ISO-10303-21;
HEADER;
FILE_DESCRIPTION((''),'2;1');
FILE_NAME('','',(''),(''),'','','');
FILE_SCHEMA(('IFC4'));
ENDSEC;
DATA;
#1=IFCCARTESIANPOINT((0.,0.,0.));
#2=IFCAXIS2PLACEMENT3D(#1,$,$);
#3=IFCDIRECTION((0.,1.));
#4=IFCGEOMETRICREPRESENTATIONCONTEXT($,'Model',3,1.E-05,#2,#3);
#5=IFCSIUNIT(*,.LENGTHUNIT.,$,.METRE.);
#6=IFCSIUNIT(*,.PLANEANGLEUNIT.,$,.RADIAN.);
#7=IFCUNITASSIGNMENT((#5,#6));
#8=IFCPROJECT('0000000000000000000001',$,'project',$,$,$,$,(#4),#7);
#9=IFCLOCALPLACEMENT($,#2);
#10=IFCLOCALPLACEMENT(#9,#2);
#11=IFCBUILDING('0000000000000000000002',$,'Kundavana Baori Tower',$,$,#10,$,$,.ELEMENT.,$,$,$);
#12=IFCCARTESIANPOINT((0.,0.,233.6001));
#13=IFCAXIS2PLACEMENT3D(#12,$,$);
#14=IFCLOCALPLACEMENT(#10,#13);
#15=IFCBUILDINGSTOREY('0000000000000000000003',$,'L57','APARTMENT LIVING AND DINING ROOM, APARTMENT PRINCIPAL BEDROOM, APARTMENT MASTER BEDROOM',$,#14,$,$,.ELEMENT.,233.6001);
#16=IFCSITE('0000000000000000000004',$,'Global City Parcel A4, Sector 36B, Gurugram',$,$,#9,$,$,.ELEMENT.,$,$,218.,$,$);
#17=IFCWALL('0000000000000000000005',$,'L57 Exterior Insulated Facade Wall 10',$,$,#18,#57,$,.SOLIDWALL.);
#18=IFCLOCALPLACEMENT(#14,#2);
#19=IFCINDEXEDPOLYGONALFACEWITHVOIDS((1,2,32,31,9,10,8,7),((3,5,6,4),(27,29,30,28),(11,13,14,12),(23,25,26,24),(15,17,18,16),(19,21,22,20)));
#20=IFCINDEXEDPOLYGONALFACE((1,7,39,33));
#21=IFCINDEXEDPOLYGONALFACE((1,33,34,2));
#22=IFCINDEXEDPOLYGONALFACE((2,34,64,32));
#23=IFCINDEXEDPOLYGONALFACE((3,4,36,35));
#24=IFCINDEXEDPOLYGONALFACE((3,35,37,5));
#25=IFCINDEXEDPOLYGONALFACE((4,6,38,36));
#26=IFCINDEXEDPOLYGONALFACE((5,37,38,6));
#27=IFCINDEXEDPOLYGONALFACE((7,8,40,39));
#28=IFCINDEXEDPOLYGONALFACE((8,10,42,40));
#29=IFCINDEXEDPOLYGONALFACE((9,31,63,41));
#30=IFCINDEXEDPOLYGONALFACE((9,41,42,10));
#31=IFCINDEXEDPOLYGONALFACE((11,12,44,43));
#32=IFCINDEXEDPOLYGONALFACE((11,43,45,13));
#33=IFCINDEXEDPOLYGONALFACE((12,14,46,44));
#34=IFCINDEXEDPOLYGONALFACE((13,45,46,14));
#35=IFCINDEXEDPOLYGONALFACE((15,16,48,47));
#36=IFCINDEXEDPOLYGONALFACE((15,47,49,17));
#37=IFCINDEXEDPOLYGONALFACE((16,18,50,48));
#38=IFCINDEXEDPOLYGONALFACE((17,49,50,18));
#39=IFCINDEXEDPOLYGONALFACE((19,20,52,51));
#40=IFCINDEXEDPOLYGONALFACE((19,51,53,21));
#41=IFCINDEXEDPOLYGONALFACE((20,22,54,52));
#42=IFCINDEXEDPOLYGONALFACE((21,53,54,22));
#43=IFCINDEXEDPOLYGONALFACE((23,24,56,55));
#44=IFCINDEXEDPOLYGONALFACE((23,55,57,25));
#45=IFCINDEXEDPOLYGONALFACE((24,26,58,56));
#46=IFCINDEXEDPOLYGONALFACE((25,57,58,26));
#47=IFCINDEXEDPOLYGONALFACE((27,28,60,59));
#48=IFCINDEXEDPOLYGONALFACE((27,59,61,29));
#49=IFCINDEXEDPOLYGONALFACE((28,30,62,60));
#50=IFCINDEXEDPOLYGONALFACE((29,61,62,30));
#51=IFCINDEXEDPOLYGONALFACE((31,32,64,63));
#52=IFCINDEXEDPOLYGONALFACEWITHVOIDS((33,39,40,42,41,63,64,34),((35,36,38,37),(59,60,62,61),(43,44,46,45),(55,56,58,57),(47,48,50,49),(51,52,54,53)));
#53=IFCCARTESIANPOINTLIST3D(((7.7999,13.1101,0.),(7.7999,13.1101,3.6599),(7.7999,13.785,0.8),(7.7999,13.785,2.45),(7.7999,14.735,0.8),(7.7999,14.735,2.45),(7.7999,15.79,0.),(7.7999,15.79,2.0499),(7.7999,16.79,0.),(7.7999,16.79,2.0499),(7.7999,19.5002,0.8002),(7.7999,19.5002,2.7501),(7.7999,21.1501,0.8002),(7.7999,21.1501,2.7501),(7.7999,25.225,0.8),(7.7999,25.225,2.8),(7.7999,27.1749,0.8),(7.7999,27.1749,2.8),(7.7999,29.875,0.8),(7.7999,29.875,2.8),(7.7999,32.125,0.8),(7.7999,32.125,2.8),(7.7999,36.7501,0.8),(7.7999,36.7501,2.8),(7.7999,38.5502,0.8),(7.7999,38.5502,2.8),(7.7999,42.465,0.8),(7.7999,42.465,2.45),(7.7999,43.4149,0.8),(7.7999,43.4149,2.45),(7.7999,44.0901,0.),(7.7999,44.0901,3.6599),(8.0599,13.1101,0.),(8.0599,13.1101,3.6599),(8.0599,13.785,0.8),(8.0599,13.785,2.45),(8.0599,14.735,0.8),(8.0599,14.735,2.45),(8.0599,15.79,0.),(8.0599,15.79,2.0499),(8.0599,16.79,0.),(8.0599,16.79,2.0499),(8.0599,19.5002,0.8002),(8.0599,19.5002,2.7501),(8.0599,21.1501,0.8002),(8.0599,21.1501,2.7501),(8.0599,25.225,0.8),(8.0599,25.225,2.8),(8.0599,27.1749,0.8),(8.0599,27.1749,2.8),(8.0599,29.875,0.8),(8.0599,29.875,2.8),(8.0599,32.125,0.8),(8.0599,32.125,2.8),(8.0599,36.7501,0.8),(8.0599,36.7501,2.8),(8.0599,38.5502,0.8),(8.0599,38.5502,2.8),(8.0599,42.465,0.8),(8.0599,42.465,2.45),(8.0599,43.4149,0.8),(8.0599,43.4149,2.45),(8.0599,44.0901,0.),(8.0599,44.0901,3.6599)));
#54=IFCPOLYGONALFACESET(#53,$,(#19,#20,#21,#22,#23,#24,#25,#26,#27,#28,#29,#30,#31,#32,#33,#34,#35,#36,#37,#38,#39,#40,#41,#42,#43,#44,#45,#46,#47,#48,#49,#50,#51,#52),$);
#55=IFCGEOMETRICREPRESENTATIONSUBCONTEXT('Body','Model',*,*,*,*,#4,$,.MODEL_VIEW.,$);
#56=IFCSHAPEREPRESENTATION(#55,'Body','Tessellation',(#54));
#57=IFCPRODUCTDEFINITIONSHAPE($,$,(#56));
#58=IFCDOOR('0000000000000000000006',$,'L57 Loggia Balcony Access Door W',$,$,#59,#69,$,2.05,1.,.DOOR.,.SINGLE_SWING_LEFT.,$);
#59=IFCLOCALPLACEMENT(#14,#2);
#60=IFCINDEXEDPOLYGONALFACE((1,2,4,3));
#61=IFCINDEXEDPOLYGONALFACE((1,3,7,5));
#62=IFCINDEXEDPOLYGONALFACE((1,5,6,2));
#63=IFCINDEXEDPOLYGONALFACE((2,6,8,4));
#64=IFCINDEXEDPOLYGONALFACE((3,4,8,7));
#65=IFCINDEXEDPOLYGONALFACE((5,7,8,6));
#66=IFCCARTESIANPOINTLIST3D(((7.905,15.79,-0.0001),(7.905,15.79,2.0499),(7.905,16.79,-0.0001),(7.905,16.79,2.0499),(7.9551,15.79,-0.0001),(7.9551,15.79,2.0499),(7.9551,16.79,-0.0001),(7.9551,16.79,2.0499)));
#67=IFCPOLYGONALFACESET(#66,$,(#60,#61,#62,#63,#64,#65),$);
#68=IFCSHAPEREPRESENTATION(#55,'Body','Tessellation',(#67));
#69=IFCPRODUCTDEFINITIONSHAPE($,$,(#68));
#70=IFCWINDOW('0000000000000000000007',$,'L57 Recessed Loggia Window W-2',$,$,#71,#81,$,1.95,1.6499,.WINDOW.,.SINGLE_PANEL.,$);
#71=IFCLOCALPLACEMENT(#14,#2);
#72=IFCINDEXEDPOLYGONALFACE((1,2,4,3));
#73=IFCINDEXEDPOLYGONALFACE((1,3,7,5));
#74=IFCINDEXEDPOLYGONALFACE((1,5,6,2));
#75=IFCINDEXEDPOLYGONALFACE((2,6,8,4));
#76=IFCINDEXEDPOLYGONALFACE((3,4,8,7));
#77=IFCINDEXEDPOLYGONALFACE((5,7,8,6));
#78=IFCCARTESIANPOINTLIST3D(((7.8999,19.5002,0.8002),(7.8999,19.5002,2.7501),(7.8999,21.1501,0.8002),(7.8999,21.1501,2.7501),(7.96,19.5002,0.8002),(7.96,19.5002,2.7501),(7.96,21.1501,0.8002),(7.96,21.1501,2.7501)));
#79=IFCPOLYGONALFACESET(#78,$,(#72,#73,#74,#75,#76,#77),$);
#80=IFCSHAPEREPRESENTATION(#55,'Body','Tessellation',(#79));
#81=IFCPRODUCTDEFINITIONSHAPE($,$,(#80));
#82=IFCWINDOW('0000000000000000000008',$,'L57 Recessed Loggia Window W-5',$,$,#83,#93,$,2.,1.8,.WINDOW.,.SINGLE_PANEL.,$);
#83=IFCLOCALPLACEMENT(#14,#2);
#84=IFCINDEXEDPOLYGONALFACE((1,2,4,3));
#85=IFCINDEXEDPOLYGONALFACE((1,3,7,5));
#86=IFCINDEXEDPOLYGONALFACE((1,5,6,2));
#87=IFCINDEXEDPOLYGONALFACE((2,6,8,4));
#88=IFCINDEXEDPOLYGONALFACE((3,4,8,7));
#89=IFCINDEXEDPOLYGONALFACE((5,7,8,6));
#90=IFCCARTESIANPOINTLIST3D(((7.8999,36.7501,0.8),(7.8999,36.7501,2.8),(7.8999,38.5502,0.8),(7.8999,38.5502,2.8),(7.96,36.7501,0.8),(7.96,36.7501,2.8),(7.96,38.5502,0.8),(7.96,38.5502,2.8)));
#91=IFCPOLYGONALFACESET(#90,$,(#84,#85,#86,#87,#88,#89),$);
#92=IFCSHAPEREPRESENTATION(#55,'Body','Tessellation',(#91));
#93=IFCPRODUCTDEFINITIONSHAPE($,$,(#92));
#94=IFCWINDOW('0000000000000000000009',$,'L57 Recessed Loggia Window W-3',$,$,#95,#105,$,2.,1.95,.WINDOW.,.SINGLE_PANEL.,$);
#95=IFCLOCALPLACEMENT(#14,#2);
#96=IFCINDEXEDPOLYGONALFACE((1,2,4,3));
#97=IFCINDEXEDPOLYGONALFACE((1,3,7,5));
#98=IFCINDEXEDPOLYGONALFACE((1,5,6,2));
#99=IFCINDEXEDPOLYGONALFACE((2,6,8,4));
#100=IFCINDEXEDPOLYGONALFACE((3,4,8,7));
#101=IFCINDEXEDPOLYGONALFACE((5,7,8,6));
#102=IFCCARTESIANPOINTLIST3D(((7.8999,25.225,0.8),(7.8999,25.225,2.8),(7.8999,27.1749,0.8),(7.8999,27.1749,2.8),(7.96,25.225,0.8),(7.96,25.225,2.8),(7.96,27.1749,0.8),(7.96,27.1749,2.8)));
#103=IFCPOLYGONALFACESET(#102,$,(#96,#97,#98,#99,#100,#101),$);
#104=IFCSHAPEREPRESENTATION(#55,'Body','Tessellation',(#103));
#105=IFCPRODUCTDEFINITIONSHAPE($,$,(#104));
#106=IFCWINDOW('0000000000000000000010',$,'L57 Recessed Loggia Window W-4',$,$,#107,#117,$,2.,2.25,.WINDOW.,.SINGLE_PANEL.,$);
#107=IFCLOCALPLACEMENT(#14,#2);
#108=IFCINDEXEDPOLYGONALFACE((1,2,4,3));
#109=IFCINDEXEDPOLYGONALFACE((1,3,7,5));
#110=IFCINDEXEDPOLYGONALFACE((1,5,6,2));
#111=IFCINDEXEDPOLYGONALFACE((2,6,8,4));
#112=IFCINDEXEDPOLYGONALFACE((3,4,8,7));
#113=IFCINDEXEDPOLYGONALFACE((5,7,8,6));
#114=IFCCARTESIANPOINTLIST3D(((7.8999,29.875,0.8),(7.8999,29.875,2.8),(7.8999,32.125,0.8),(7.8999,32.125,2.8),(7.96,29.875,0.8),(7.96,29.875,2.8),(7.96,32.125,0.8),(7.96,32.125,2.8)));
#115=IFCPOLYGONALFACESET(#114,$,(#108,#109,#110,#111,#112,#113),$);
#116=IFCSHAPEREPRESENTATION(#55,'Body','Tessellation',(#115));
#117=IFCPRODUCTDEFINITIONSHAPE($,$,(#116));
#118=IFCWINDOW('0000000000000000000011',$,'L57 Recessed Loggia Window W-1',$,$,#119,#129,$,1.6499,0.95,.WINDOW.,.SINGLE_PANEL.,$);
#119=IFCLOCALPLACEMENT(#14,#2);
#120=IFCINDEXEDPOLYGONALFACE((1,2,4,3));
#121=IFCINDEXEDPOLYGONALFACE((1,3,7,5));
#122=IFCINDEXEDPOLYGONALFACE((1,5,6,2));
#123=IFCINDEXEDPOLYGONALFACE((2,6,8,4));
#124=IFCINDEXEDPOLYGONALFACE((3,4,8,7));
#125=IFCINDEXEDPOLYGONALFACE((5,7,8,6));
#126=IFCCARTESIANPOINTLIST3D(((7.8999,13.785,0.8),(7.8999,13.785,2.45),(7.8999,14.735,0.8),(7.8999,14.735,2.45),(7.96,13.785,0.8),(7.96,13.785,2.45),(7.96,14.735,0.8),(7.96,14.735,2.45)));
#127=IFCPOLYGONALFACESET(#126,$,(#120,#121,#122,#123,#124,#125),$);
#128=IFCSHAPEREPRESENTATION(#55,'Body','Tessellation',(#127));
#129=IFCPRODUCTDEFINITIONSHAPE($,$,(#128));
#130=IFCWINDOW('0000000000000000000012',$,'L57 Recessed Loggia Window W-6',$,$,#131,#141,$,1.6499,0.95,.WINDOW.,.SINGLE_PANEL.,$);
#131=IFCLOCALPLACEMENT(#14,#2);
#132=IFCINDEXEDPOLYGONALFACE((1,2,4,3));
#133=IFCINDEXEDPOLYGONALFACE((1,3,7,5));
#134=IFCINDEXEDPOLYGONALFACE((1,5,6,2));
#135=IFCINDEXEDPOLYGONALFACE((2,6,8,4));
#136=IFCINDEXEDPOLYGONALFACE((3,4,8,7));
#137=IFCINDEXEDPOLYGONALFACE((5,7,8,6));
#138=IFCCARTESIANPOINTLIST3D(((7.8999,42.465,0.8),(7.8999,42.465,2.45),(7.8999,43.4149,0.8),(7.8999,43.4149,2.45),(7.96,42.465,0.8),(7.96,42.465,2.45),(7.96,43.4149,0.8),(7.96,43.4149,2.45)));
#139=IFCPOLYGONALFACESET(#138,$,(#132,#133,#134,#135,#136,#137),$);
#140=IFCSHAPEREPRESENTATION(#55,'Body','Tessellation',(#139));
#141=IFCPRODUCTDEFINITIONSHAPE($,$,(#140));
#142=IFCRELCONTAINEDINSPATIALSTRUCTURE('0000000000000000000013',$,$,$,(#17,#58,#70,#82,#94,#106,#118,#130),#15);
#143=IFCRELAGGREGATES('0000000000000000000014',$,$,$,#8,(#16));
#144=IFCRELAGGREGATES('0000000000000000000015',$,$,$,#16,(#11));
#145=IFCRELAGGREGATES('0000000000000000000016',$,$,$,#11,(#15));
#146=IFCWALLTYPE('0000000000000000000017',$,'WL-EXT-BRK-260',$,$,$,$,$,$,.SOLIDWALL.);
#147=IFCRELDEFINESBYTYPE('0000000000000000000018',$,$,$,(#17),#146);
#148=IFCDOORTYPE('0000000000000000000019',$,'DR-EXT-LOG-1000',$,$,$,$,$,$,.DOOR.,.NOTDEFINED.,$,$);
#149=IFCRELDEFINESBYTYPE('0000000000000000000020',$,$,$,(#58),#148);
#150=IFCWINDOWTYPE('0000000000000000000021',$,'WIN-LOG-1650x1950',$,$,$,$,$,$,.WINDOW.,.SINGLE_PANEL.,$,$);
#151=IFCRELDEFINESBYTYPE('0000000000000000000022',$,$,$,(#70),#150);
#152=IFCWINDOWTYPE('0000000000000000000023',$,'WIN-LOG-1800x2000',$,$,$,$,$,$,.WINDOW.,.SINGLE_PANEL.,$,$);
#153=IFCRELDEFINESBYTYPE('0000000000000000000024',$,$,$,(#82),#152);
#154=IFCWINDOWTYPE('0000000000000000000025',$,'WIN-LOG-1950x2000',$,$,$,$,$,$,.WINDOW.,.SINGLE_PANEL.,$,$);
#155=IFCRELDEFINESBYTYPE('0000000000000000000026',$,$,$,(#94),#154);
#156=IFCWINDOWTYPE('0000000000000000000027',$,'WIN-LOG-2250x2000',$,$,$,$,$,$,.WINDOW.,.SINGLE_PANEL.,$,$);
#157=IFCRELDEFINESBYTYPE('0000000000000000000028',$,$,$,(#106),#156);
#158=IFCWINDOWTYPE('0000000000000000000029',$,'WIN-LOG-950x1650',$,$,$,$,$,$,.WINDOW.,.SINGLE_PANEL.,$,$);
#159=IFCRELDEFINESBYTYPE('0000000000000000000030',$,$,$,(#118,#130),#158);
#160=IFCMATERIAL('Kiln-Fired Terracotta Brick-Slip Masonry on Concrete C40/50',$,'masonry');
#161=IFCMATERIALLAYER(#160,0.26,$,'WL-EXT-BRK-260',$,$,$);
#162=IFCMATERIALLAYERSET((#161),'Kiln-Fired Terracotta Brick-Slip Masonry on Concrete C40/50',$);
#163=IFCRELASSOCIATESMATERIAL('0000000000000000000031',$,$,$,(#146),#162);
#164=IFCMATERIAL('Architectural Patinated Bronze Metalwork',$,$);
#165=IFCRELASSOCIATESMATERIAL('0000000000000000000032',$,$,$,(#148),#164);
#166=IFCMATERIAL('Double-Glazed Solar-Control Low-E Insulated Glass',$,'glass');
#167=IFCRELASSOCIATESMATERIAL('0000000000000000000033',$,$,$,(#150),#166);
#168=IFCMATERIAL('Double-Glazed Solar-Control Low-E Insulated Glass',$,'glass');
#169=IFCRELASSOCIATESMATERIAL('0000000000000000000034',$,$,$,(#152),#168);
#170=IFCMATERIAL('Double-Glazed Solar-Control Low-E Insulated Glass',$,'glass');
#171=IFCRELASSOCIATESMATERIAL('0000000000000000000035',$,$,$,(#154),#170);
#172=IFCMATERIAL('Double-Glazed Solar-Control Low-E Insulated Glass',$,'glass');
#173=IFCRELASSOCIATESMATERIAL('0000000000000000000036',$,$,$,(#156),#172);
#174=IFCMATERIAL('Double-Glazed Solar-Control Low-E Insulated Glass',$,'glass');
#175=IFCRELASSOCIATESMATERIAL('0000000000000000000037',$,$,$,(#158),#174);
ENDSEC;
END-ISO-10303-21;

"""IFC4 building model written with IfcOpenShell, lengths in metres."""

from ifc_helpers import new_model, si_unit, direction, frame, frame_2d, origin, place, context, subcontext, project, spatial, rectangle, extrude, material, layer, layer_set, type_object, element, fill, save


model = new_model("IFC4")

# Units and contexts
model_context = context("Model", 3, precision=1e-05, world=origin(), true_north=direction((0.0, 1.0)))
body_context = subcontext(model_context, "Body", "Model", "MODEL_VIEW")
ifc_project = project(units=[si_unit("LENGTHUNIT", "METRE"), si_unit("PLANEANGLEUNIT", "RADIAN")], contexts=[model_context])

# Site, building, storey
site_placement = place(None, origin())
site = spatial("IfcSite", under=ifc_project, at=site_placement, Name="Global City Parcel A4, Sector 36B, Gurugram", CompositionType="ELEMENT", RefElevation=218.0)
building_placement = place(site_placement, origin())
building = spatial("IfcBuilding", under=site, at=building_placement, Name="Kundavana Baori Tower", CompositionType="ELEMENT")
storey_placement = place(building_placement, frame((0.0, 0.0, 233.6001)))
storey = spatial("IfcBuildingStorey", under=building, at=storey_placement, Name="L57", Description="APARTMENT LIVING AND DINING ROOM, APARTMENT PRINCIPAL BEDROOM, APARTMENT MASTER BEDROOM", CompositionType="ELEMENT", Elevation=233.6001)

# Shared definitions
ifc_material_1 = material(Name="Kiln-Fired Terracotta Brick-Slip Masonry on Concrete C40/50", Category="masonry")
ifc_layer_1 = layer(ifc_material_1, 0.26, Name="WL-EXT-BRK-260")
ifc_layer_set_1 = layer_set([ifc_layer_1], Name="Kiln-Fired Terracotta Brick-Slip Masonry on Concrete C40/50")
wall_type_1 = type_object("IfcWallType", Name="WL-EXT-BRK-260", PredefinedType="SOLIDWALL", material=ifc_layer_set_1)

# Wall, openings, door, windows
wall_1_placement = place(storey_placement, frame((7.9299, 44.0901, 0.0), z_axis=(0.0, 0.0, 1.0), x_axis=(0.0, -1.0, 0.0)))
wall_1 = element("IfcWall", 1, at=wall_1_placement, inside=storey, type_object=wall_type_1, Name="L57 Exterior Insulated Facade Wall 10", PredefinedType="SOLIDWALL", context=body_context, shape_type="SweptSolid", body=[
    extrude(rectangle(XDim=30.98, YDim=0.26, at=frame_2d((15.49, 0.0))), origin(), (0.0, 0.0, 1.0), 3.6599),
])
opening_1_placement = place(wall_1_placement, frame((29.355, 0.0, 0.8)))
opening_1 = element("IfcOpeningElement", 2, at=opening_1_placement, cuts=wall_1, PredefinedType="OPENING", context=body_context, shape_type="SweptSolid", body=[
    extrude(rectangle(XDim=0.95, YDim=1.6499, at=frame_2d((0.4751, 0.825))), frame((0.0, 0.1401, 0.0), z_axis=(0.0, -1.0, 0.0), x_axis=(1.0, 0.0, 0.0)), (0.0, 0.0, 1.0), 0.28),
])
opening_2_placement = place(wall_1_placement, frame((27.3, 0.0, 0.0)))
opening_2 = element("IfcOpeningElement", 3, at=opening_2_placement, cuts=wall_1, PredefinedType="OPENING", context=body_context, shape_type="SweptSolid", body=[
    extrude(rectangle(XDim=1.0, YDim=2.05, at=frame_2d((0.5, 1.0249))), frame((0.0, 0.1401, 0.0), z_axis=(0.0, -1.0, 0.0), x_axis=(1.0, 0.0, 0.0)), (0.0, 0.0, 1.0), 0.28),
])
opening_3_placement = place(wall_1_placement, frame((22.9399, 0.0, 0.8)))
opening_3 = element("IfcOpeningElement", 4, at=opening_3_placement, cuts=wall_1, PredefinedType="OPENING", context=body_context, shape_type="SweptSolid", body=[
    extrude(rectangle(XDim=1.6499, YDim=1.95, at=frame_2d((0.825, 0.9751))), frame((0.0, 0.1401, 0.0), z_axis=(0.0, -1.0, 0.0), x_axis=(1.0, 0.0, 0.0)), (0.0, 0.0, 1.0), 0.28),
])
opening_4_placement = place(wall_1_placement, frame((16.915, 0.0, 0.8)))
opening_4 = element("IfcOpeningElement", 5, at=opening_4_placement, cuts=wall_1, PredefinedType="OPENING", context=body_context, shape_type="SweptSolid", body=[
    extrude(rectangle(XDim=1.95, YDim=2.0, at=frame_2d((0.9751, 1.0))), frame((0.0, 0.1401, 0.0), z_axis=(0.0, -1.0, 0.0), x_axis=(1.0, 0.0, 0.0)), (0.0, 0.0, 1.0), 0.28),
])
opening_5_placement = place(wall_1_placement, frame((11.9651, 0.0, 0.8)))
opening_5 = element("IfcOpeningElement", 6, at=opening_5_placement, cuts=wall_1, PredefinedType="OPENING", context=body_context, shape_type="SweptSolid", body=[
    extrude(rectangle(XDim=2.25, YDim=2.0, at=frame_2d((1.125, 1.0))), frame((0.0, 0.1401, 0.0), z_axis=(0.0, -1.0, 0.0), x_axis=(1.0, 0.0, 0.0)), (0.0, 0.0, 1.0), 0.28),
])
opening_6_placement = place(wall_1_placement, frame((5.54, 0.0, 0.8)))
opening_6 = element("IfcOpeningElement", 7, at=opening_6_placement, cuts=wall_1, PredefinedType="OPENING", context=body_context, shape_type="SweptSolid", body=[
    extrude(rectangle(XDim=1.8, YDim=2.0, at=frame_2d((0.8999, 1.0))), frame((0.0, 0.1401, 0.0), z_axis=(0.0, -1.0, 0.0), x_axis=(1.0, 0.0, 0.0)), (0.0, 0.0, 1.0), 0.28),
])
opening_7_placement = place(wall_1_placement, frame((0.675, 0.0, 0.8)))
opening_7 = element("IfcOpeningElement", 8, at=opening_7_placement, cuts=wall_1, PredefinedType="OPENING", context=body_context, shape_type="SweptSolid", body=[
    extrude(rectangle(XDim=0.95, YDim=1.6499, at=frame_2d((0.4751, 0.825))), frame((0.0, 0.1401, 0.0), z_axis=(0.0, -1.0, 0.0), x_axis=(1.0, 0.0, 0.0)), (0.0, 0.0, 1.0), 0.28),
])
ifc_material_2 = material(Name="Architectural Patinated Bronze Metalwork")
door_type_1 = type_object("IfcDoorType", Name="DR-EXT-LOG-1000", OperationType="NOTDEFINED", PredefinedType="DOOR", material=ifc_material_2)
door_1_placement = place(opening_2_placement, frame((1.0, 0.0, 0.0), z_axis=(0.0, 0.0, 1.0), x_axis=(-1.0, 0.0, 0.0)))
door_1 = element("IfcDoor", 9, at=door_1_placement, inside=storey, type_object=door_type_1, Name="L57 Loggia Balcony Access Door W", OperationType="SINGLE_SWING_LEFT", OverallHeight=2.05, OverallWidth=1.0, PredefinedType="DOOR", context=body_context, shape_type="SweptSolid", body=[
    extrude(rectangle(XDim=1.0, YDim=2.05, at=frame_2d((0.5, 1.0249))), frame((0.0, 0.0249, 0.0), z_axis=(0.0, -1.0, 0.0), x_axis=(1.0, 0.0, 0.0)), (0.0, 0.0, 1.0), 0.05),
])
fill(opening_2, door_1)
ifc_material_3 = material(Name="Double-Glazed Solar-Control Low-E Insulated Glass", Category="glass")
window_type_1 = type_object("IfcWindowType", Name="WIN-LOG-1650x1950", PartitioningType="SINGLE_PANEL", PredefinedType="WINDOW", material=ifc_material_3)
window_1_placement = place(opening_3_placement, origin())
window_1 = element("IfcWindow", 10, at=window_1_placement, inside=storey, type_object=window_type_1, Name="L57 Recessed Loggia Window W-2", OverallHeight=1.95, OverallWidth=1.6499, PartitioningType="SINGLE_PANEL", PredefinedType="WINDOW", context=body_context, shape_type="SweptSolid", body=[
    extrude(rectangle(XDim=1.6499, YDim=1.95, at=frame_2d((0.825, 0.9751))), frame((0.0, 0.03, 0.0), z_axis=(0.0, -1.0, 0.0), x_axis=(1.0, 0.0, 0.0)), (0.0, 0.0, 1.0), 0.0601),
])
fill(opening_3, window_1)
ifc_material_4 = material(Name="Double-Glazed Solar-Control Low-E Insulated Glass", Category="glass")
window_type_2 = type_object("IfcWindowType", Name="WIN-LOG-1800x2000", PartitioningType="SINGLE_PANEL", PredefinedType="WINDOW", material=ifc_material_4)
window_2_placement = place(opening_6_placement, origin())
window_2 = element("IfcWindow", 11, at=window_2_placement, inside=storey, type_object=window_type_2, Name="L57 Recessed Loggia Window W-5", OverallHeight=2.0, OverallWidth=1.8, PartitioningType="SINGLE_PANEL", PredefinedType="WINDOW", context=body_context, shape_type="SweptSolid", body=[
    extrude(rectangle(XDim=1.8, YDim=2.0, at=frame_2d((0.8999, 1.0))), frame((0.0, 0.03, 0.0), z_axis=(0.0, -1.0, 0.0), x_axis=(1.0, 0.0, 0.0)), (0.0, 0.0, 1.0), 0.0601),
])
fill(opening_6, window_2)
ifc_material_5 = material(Name="Double-Glazed Solar-Control Low-E Insulated Glass", Category="glass")
window_type_3 = type_object("IfcWindowType", Name="WIN-LOG-1950x2000", PartitioningType="SINGLE_PANEL", PredefinedType="WINDOW", material=ifc_material_5)
window_3_placement = place(opening_4_placement, origin())
window_3 = element("IfcWindow", 12, at=window_3_placement, inside=storey, type_object=window_type_3, Name="L57 Recessed Loggia Window W-3", OverallHeight=2.0, OverallWidth=1.95, PartitioningType="SINGLE_PANEL", PredefinedType="WINDOW", context=body_context, shape_type="SweptSolid", body=[
    extrude(rectangle(XDim=1.95, YDim=2.0, at=frame_2d((0.9751, 1.0))), frame((0.0, 0.03, 0.0), z_axis=(0.0, -1.0, 0.0), x_axis=(1.0, 0.0, 0.0)), (0.0, 0.0, 1.0), 0.0601),
])
fill(opening_4, window_3)
ifc_material_6 = material(Name="Double-Glazed Solar-Control Low-E Insulated Glass", Category="glass")
window_type_4 = type_object("IfcWindowType", Name="WIN-LOG-2250x2000", PartitioningType="SINGLE_PANEL", PredefinedType="WINDOW", material=ifc_material_6)
window_4_placement = place(opening_5_placement, origin())
window_4 = element("IfcWindow", 13, at=window_4_placement, inside=storey, type_object=window_type_4, Name="L57 Recessed Loggia Window W-4", OverallHeight=2.0, OverallWidth=2.25, PartitioningType="SINGLE_PANEL", PredefinedType="WINDOW", context=body_context, shape_type="SweptSolid", body=[
    extrude(rectangle(XDim=2.25, YDim=2.0, at=frame_2d((1.125, 1.0))), frame((0.0, 0.03, 0.0), z_axis=(0.0, -1.0, 0.0), x_axis=(1.0, 0.0, 0.0)), (0.0, 0.0, 1.0), 0.0601),
])
fill(opening_5, window_4)
ifc_material_7 = material(Name="Double-Glazed Solar-Control Low-E Insulated Glass", Category="glass")
window_type_5 = type_object("IfcWindowType", Name="WIN-LOG-950x1650", PartitioningType="SINGLE_PANEL", PredefinedType="WINDOW", material=ifc_material_7)
window_5_placement = place(opening_1_placement, origin())
window_5 = element("IfcWindow", 14, at=window_5_placement, inside=storey, type_object=window_type_5, Name="L57 Recessed Loggia Window W-1", OverallHeight=1.6499, OverallWidth=0.95, PartitioningType="SINGLE_PANEL", PredefinedType="WINDOW", context=body_context, shape_type="SweptSolid", body=[
    extrude(rectangle(XDim=0.95, YDim=1.6499, at=frame_2d((0.4751, 0.825))), frame((0.0, 0.03, 0.0), z_axis=(0.0, -1.0, 0.0), x_axis=(1.0, 0.0, 0.0)), (0.0, 0.0, 1.0), 0.0601),
])
fill(opening_1, window_5)
window_6_placement = place(opening_7_placement, origin())
window_6 = element("IfcWindow", 15, at=window_6_placement, inside=storey, type_object=window_type_5, Name="L57 Recessed Loggia Window W-6", OverallHeight=1.6499, OverallWidth=0.95, PartitioningType="SINGLE_PANEL", PredefinedType="WINDOW", context=body_context, shape_type="SweptSolid", body=[
    extrude(rectangle(XDim=0.95, YDim=1.6499, at=frame_2d((0.4751, 0.825))), frame((0.0, 0.03, 0.0), z_axis=(0.0, -1.0, 0.0), x_axis=(1.0, 0.0, 0.0)), (0.0, 0.0, 1.0), 0.0601),
])
fill(opening_7, window_6)

save(model, "model.ifc")
